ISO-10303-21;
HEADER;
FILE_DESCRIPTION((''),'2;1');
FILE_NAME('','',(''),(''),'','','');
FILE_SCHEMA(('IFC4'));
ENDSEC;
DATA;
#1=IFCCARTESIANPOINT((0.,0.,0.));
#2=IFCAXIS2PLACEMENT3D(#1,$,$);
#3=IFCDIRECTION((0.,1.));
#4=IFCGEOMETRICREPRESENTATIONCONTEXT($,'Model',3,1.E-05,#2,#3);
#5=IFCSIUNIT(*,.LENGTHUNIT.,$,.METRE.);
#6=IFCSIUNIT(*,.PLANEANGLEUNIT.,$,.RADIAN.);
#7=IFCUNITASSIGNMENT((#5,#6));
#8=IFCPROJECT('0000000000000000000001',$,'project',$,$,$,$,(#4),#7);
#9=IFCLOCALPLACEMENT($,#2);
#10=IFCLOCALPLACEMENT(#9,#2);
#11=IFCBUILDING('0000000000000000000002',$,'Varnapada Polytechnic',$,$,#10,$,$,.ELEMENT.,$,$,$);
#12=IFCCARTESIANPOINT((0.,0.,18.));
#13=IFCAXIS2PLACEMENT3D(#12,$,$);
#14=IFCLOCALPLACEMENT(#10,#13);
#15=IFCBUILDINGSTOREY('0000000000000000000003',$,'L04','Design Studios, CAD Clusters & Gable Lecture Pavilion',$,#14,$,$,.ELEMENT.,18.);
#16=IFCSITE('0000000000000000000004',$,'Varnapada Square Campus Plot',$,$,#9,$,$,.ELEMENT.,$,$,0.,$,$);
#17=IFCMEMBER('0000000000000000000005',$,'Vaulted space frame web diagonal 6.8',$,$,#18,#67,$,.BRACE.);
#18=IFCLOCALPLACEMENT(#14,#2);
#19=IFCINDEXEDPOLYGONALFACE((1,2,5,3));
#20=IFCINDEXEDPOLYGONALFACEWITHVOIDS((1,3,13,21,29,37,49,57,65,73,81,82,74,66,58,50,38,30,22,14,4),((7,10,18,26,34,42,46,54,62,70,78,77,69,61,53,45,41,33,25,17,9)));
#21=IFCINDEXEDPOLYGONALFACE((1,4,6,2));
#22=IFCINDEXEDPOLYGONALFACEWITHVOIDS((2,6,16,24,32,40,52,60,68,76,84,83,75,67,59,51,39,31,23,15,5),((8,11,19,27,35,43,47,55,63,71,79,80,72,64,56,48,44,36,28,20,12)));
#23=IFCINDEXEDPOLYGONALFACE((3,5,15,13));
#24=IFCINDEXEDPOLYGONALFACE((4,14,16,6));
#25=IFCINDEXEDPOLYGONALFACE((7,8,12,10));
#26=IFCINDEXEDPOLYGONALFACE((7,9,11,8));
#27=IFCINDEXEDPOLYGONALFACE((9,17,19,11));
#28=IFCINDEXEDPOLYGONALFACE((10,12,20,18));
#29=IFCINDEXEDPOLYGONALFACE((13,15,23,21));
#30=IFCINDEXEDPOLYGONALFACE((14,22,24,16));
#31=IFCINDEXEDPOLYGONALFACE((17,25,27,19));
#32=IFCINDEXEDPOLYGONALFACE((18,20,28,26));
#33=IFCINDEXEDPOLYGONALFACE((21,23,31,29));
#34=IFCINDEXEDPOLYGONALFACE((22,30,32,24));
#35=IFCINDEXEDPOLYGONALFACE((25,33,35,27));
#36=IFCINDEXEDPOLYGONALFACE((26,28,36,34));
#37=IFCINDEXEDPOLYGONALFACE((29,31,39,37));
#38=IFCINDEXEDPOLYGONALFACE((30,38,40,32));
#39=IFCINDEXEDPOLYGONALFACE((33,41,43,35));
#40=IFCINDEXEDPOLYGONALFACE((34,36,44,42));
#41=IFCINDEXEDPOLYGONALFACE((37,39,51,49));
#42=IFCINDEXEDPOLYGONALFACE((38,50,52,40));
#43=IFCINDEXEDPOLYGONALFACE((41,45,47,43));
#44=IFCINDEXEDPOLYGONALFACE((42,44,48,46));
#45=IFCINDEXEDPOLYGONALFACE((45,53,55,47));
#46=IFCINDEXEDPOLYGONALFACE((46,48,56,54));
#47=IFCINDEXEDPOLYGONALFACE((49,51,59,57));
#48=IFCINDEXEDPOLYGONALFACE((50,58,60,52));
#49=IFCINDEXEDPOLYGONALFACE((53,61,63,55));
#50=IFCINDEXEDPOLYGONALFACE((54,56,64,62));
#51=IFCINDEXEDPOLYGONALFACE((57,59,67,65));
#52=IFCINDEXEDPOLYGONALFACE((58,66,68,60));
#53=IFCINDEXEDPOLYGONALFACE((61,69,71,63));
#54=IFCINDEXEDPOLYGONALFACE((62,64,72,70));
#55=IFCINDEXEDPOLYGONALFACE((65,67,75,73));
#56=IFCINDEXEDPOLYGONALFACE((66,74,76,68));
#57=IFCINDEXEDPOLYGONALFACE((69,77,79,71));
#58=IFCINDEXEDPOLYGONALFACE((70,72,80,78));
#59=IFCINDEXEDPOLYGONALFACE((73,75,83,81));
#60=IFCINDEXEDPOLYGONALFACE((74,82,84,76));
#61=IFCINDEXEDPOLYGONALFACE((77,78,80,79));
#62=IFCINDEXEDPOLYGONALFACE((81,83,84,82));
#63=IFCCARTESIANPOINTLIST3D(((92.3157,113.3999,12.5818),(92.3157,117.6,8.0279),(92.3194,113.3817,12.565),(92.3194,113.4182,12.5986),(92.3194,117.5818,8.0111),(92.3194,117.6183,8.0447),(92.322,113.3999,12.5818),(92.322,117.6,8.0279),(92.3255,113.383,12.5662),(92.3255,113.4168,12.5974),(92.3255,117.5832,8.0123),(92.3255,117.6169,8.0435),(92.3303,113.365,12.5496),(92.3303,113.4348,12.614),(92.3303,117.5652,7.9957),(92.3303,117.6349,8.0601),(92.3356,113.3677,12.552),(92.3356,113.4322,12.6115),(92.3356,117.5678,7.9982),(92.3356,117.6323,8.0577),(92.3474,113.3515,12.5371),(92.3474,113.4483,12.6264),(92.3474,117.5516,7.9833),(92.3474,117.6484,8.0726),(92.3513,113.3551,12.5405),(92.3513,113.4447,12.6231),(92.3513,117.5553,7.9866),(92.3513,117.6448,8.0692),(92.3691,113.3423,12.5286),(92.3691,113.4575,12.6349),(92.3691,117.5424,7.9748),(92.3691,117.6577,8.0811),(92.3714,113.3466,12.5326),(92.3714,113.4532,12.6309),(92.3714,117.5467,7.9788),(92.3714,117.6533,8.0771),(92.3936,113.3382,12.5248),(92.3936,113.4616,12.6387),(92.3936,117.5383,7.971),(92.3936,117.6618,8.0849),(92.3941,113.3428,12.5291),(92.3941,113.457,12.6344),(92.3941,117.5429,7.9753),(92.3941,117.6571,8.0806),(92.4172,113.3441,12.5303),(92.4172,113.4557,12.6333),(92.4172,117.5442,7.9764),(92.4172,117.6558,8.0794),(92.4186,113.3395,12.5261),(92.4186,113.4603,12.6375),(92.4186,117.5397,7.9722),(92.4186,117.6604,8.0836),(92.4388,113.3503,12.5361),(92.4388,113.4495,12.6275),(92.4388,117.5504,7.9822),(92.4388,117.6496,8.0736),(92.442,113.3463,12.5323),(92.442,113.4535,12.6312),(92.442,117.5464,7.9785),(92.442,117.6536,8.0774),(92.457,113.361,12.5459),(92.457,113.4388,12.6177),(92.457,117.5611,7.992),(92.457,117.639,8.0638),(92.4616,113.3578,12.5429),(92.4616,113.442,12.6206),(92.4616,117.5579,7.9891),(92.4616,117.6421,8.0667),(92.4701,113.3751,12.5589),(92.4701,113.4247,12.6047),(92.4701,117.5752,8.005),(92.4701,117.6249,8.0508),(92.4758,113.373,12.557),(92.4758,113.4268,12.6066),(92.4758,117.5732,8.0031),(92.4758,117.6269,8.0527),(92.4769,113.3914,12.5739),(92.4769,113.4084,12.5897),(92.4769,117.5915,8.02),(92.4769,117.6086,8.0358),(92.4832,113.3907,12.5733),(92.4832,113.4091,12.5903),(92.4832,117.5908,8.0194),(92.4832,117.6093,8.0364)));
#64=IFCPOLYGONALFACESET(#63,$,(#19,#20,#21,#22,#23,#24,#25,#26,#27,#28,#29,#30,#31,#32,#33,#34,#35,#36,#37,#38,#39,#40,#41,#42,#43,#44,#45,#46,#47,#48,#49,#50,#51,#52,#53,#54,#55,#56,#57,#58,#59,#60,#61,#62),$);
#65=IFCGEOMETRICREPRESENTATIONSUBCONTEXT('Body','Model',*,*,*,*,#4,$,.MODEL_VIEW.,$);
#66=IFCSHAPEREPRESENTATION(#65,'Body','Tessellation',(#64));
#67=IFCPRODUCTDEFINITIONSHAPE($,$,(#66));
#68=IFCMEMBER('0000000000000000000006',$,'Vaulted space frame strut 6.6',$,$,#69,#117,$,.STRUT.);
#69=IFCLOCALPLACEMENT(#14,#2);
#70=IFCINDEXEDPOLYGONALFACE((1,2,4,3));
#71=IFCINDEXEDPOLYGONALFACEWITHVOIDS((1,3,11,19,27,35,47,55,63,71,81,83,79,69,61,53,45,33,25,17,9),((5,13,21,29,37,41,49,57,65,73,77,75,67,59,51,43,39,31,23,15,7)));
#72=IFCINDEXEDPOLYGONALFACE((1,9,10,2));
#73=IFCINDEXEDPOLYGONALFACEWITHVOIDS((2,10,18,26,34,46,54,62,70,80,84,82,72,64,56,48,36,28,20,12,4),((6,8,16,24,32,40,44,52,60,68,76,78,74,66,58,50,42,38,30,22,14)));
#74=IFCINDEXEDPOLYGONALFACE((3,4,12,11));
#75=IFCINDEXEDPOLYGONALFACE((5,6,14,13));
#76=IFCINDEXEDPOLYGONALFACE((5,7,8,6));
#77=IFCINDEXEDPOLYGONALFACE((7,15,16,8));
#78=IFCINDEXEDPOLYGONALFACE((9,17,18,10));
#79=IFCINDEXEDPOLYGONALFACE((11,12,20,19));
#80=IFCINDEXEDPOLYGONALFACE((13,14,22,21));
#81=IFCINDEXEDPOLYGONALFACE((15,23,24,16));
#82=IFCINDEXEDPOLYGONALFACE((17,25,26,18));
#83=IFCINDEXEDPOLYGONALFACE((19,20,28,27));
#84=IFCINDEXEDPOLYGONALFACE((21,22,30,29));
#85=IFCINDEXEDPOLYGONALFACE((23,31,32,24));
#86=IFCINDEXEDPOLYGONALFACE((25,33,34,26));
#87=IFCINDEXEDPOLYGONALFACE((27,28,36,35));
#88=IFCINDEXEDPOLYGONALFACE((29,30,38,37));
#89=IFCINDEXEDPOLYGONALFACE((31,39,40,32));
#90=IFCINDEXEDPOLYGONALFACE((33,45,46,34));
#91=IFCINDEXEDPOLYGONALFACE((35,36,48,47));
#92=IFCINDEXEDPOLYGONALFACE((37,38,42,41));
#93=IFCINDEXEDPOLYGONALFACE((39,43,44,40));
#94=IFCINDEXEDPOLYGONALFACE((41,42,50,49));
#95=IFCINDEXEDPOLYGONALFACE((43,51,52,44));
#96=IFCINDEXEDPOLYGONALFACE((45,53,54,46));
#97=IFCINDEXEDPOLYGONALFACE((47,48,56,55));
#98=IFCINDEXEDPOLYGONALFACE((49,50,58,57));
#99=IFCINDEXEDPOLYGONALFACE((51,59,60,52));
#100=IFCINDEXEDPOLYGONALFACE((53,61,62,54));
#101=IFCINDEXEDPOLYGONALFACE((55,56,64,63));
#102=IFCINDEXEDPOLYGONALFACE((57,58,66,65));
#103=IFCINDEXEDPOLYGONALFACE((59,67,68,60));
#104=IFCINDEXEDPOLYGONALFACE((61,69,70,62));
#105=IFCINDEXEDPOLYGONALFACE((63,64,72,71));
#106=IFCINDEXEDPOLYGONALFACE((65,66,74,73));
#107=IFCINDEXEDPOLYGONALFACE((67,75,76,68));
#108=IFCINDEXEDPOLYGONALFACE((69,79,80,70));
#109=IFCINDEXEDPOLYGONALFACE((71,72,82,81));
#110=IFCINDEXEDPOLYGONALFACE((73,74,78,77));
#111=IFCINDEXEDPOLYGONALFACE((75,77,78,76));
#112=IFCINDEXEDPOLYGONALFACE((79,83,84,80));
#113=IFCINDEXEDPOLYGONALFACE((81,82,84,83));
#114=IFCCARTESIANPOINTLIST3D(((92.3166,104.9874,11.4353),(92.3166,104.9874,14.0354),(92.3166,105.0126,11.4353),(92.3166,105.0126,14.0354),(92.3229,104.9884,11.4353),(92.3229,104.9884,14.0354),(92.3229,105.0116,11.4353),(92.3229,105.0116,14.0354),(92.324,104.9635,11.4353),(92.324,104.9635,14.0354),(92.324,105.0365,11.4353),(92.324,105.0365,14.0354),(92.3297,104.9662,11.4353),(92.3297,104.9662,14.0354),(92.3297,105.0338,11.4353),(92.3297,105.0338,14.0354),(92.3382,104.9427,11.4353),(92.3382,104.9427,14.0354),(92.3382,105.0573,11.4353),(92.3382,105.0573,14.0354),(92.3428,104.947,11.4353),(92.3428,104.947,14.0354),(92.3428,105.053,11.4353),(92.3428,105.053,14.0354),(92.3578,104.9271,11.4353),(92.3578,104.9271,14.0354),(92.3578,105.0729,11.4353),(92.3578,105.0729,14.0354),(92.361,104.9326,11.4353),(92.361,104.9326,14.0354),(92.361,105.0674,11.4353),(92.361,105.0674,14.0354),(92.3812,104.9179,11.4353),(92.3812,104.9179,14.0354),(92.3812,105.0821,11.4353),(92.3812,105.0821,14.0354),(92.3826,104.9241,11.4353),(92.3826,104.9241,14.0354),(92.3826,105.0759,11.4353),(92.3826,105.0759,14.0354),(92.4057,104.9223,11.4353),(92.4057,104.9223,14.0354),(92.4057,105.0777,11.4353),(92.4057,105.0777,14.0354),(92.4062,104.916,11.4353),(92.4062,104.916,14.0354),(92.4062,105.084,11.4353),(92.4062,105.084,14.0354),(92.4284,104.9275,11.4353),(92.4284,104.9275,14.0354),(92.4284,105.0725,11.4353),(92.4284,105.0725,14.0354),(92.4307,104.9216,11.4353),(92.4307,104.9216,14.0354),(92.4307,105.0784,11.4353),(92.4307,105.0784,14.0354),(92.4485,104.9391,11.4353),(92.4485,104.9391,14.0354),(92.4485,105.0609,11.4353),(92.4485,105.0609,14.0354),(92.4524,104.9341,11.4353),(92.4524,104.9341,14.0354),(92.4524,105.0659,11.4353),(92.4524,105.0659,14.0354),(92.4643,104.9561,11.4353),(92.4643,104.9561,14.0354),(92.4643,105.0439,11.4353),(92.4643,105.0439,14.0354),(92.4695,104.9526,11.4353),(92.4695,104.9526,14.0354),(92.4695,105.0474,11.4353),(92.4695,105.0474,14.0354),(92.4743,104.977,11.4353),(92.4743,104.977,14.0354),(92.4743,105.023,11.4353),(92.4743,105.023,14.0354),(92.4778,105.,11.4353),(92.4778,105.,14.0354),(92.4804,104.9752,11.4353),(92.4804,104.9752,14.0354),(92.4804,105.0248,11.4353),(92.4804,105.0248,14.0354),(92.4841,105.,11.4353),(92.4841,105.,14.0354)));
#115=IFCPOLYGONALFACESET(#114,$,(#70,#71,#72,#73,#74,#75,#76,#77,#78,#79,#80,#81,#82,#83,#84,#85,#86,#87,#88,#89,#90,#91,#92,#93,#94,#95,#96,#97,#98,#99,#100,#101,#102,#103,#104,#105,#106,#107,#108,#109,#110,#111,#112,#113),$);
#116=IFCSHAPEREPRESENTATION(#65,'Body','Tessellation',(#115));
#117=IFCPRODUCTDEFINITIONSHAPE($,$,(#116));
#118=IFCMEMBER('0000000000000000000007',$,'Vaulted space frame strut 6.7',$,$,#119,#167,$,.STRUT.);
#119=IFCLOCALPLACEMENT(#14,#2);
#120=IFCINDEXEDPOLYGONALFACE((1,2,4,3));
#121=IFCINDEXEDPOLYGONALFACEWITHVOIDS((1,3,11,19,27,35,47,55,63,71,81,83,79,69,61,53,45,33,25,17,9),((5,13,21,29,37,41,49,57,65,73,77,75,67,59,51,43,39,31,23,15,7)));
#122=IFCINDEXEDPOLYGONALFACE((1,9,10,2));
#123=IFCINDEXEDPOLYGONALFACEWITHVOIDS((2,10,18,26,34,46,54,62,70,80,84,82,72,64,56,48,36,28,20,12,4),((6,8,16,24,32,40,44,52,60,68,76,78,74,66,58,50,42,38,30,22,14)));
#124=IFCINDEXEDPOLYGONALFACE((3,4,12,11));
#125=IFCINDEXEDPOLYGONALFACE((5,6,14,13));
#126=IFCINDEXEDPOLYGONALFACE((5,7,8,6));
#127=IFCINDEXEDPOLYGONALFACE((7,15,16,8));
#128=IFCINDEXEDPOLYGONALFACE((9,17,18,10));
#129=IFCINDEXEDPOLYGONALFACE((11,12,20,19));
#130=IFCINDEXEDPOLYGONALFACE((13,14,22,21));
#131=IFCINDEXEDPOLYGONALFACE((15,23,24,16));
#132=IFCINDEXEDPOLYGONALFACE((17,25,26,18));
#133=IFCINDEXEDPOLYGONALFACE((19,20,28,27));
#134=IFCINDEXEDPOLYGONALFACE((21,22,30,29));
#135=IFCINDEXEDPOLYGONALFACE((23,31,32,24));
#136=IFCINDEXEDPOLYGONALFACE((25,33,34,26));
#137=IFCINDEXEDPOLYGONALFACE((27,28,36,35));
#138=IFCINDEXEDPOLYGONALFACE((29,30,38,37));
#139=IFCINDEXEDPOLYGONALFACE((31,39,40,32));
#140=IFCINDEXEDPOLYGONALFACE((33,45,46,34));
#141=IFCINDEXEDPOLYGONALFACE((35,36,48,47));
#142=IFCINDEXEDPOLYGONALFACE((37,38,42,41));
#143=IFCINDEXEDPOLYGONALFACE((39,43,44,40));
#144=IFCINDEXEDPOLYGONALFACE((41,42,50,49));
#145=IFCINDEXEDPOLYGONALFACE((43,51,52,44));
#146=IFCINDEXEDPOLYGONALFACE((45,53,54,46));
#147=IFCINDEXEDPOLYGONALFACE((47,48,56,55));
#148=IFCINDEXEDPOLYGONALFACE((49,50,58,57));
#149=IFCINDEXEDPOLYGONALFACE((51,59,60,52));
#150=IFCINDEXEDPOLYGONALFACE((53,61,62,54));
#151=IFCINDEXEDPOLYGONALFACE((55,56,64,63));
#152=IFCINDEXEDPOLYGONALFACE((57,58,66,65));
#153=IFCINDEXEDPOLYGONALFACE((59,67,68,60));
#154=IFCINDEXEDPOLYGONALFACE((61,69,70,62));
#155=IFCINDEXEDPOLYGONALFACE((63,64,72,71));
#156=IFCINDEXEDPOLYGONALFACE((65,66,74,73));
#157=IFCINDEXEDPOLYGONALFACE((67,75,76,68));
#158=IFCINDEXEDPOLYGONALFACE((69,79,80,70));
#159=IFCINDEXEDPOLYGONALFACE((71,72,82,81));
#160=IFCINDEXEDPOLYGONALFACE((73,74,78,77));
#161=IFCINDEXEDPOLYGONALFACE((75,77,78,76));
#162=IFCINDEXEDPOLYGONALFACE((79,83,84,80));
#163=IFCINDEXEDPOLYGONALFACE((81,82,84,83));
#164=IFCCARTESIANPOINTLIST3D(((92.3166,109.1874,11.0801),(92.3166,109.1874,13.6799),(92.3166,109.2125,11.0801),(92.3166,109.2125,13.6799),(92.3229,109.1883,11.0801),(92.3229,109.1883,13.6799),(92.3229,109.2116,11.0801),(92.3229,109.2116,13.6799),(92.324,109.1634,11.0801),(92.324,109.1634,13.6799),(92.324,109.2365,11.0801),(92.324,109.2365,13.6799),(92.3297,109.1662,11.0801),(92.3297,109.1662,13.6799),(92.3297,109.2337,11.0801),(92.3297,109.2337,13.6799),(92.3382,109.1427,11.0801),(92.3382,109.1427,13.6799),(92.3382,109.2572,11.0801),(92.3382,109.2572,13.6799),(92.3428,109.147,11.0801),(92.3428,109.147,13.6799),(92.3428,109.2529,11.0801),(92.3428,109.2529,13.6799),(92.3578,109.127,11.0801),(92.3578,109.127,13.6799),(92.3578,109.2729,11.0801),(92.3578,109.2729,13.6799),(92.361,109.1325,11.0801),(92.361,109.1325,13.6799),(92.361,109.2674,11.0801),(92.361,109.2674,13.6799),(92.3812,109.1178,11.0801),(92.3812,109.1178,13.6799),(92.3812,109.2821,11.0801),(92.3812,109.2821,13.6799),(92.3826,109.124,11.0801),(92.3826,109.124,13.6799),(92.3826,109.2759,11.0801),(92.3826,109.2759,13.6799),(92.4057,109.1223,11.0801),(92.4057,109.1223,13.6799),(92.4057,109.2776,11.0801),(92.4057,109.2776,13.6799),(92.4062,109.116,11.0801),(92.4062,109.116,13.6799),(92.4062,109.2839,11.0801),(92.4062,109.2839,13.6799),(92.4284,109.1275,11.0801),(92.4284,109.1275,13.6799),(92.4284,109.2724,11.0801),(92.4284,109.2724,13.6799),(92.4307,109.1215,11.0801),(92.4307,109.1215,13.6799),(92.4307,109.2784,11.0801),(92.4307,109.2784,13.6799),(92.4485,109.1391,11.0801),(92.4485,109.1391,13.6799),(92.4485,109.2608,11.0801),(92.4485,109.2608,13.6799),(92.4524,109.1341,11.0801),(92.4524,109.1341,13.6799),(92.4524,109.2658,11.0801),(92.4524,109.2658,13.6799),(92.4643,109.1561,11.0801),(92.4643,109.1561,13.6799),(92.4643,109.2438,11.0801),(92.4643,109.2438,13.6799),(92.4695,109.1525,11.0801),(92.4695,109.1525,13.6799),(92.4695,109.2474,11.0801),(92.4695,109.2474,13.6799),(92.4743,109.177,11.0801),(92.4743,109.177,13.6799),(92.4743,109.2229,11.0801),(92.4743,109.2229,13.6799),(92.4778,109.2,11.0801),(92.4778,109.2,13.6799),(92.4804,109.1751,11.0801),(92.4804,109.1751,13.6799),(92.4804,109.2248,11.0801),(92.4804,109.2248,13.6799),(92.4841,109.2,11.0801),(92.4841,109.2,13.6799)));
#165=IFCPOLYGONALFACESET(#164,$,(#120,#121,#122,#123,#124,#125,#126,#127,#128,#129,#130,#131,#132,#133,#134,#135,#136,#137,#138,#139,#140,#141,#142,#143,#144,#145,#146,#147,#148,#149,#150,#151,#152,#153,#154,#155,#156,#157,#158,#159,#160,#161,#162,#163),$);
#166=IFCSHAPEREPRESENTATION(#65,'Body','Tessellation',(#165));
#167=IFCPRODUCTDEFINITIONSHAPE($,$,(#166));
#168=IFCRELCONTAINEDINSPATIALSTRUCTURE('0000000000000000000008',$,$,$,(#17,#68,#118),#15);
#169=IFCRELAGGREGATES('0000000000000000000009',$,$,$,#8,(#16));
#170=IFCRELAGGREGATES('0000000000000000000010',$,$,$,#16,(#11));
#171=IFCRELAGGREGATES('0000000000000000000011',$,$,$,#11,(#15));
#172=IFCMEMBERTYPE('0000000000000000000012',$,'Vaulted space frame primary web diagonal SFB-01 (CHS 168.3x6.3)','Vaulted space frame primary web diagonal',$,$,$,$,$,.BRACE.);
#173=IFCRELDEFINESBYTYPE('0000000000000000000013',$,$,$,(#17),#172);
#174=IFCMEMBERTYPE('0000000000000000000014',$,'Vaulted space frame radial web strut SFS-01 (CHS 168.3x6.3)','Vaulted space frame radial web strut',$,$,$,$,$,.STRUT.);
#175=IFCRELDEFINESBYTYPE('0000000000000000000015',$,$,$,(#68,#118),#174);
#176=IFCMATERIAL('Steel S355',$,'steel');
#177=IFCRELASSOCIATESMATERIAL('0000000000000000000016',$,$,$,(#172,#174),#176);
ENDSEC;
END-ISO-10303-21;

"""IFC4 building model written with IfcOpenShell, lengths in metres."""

from ifc_helpers import new_model, si_unit, direction, frame, origin, origin_2d, place, context, subcontext, project, spatial, hollow_circle, extrude, material, material_profile, profile_set, type_object, element, save


model = new_model("IFC4")

# Units and contexts
model_context = context("Model", 3, precision=1e-05, world=origin(), true_north=direction((0.0, 1.0)))
body_context = subcontext(model_context, "Body", "Model", "MODEL_VIEW")
ifc_project = project(units=[si_unit("LENGTHUNIT", "METRE"), si_unit("PLANEANGLEUNIT", "RADIAN")], contexts=[model_context])

# Site, building, storey
site_placement = place(None, origin())
site = spatial("IfcSite", under=ifc_project, at=site_placement, Name="Varnapada Square Campus Plot", CompositionType="ELEMENT", RefElevation=0.0)
building_placement = place(site_placement, origin())
building = spatial("IfcBuilding", under=site, at=building_placement, Name="Varnapada Polytechnic", CompositionType="ELEMENT")
storey_placement = place(building_placement, frame((0.0, 0.0, 18.0)))
storey = spatial("IfcBuildingStorey", under=building, at=storey_placement, Name="L04", Description="Design Studios, CAD Clusters & Gable Lecture Pavilion", CompositionType="ELEMENT", Elevation=18.0)

# Shared definitions
ifc_material = material(Name="Steel S355", Category="steel")

# Members
ifc_material_profile_1 = material_profile(ifc_material, hollow_circle(Radius=0.0842, WallThickness=0.0063, at=origin_2d()), Name="CHS 168.3x6.3")
ifc_profile_set_1 = profile_set([ifc_material_profile_1], Name="Steel S355")
member_type_1 = type_object("IfcMemberType", Name="Vaulted space frame primary web diagonal SFB-01 (CHS 168.3x6.3)", Description="Vaulted space frame primary web diagonal", PredefinedType="BRACE", material=ifc_profile_set_1)
member_1_placement = place(storey_placement, frame((92.3999, 113.3999, 12.5818), z_axis=(0.0, 0.677979, -0.735081), x_axis=(-1.0, 0.0, 0.0)))
element("IfcMember", 1, at=member_1_placement, inside=storey, type_object=member_type_1, Name="Vaulted space frame web diagonal 6.8", PredefinedType="BRACE", context=body_context, shape_type="SweptSolid", body=[
    extrude(hollow_circle(Radius=0.0842, WallThickness=0.0063, at=origin_2d()), origin(), (0.0, 0.0, 1.0), 6.1951),
])
ifc_material_profile_2 = material_profile(ifc_material, hollow_circle(Radius=0.0842, WallThickness=0.0063, at=origin_2d()), Name="CHS 168.3x6.3")
ifc_profile_set_2 = profile_set([ifc_material_profile_2], Name="Steel S355")
member_type_2 = type_object("IfcMemberType", Name="Vaulted space frame radial web strut SFS-01 (CHS 168.3x6.3)", Description="Vaulted space frame radial web strut", PredefinedType="STRUT", material=ifc_profile_set_2)
member_2_placement = place(storey_placement, frame((92.3999, 105.0, 11.4353), z_axis=(0.0, 0.0, 1.0), x_axis=(1.0, 0.0, 0.0)))
element("IfcMember", 2, at=member_2_placement, inside=storey, type_object=member_type_2, Name="Vaulted space frame strut 6.6", PredefinedType="STRUT", context=body_context, shape_type="SweptSolid", body=[
    extrude(hollow_circle(Radius=0.0842, WallThickness=0.0063, at=origin_2d()), origin(), (0.0, 0.0, 1.0), 2.6001),
])
for number, where, z_axis, x_axis, name in (
    (3, (92.3999, 109.2, 11.0801), (0.0, 0.0, 1.0), (1.0, 0.0, 0.0), "Vaulted space frame strut 6.7"),
):
    element("IfcMember", number, at=place(storey_placement, frame(where, z_axis=z_axis, x_axis=x_axis)), inside=storey, type_object=member_type_2, Name=name, PredefinedType="STRUT", context=body_context, shape_type="SweptSolid", body=[
        extrude(hollow_circle(Radius=0.0842, WallThickness=0.0063, at=origin_2d()), origin(), (0.0, 0.0, 1.0), 2.5999),
    ])

save(model, "model.ifc")
